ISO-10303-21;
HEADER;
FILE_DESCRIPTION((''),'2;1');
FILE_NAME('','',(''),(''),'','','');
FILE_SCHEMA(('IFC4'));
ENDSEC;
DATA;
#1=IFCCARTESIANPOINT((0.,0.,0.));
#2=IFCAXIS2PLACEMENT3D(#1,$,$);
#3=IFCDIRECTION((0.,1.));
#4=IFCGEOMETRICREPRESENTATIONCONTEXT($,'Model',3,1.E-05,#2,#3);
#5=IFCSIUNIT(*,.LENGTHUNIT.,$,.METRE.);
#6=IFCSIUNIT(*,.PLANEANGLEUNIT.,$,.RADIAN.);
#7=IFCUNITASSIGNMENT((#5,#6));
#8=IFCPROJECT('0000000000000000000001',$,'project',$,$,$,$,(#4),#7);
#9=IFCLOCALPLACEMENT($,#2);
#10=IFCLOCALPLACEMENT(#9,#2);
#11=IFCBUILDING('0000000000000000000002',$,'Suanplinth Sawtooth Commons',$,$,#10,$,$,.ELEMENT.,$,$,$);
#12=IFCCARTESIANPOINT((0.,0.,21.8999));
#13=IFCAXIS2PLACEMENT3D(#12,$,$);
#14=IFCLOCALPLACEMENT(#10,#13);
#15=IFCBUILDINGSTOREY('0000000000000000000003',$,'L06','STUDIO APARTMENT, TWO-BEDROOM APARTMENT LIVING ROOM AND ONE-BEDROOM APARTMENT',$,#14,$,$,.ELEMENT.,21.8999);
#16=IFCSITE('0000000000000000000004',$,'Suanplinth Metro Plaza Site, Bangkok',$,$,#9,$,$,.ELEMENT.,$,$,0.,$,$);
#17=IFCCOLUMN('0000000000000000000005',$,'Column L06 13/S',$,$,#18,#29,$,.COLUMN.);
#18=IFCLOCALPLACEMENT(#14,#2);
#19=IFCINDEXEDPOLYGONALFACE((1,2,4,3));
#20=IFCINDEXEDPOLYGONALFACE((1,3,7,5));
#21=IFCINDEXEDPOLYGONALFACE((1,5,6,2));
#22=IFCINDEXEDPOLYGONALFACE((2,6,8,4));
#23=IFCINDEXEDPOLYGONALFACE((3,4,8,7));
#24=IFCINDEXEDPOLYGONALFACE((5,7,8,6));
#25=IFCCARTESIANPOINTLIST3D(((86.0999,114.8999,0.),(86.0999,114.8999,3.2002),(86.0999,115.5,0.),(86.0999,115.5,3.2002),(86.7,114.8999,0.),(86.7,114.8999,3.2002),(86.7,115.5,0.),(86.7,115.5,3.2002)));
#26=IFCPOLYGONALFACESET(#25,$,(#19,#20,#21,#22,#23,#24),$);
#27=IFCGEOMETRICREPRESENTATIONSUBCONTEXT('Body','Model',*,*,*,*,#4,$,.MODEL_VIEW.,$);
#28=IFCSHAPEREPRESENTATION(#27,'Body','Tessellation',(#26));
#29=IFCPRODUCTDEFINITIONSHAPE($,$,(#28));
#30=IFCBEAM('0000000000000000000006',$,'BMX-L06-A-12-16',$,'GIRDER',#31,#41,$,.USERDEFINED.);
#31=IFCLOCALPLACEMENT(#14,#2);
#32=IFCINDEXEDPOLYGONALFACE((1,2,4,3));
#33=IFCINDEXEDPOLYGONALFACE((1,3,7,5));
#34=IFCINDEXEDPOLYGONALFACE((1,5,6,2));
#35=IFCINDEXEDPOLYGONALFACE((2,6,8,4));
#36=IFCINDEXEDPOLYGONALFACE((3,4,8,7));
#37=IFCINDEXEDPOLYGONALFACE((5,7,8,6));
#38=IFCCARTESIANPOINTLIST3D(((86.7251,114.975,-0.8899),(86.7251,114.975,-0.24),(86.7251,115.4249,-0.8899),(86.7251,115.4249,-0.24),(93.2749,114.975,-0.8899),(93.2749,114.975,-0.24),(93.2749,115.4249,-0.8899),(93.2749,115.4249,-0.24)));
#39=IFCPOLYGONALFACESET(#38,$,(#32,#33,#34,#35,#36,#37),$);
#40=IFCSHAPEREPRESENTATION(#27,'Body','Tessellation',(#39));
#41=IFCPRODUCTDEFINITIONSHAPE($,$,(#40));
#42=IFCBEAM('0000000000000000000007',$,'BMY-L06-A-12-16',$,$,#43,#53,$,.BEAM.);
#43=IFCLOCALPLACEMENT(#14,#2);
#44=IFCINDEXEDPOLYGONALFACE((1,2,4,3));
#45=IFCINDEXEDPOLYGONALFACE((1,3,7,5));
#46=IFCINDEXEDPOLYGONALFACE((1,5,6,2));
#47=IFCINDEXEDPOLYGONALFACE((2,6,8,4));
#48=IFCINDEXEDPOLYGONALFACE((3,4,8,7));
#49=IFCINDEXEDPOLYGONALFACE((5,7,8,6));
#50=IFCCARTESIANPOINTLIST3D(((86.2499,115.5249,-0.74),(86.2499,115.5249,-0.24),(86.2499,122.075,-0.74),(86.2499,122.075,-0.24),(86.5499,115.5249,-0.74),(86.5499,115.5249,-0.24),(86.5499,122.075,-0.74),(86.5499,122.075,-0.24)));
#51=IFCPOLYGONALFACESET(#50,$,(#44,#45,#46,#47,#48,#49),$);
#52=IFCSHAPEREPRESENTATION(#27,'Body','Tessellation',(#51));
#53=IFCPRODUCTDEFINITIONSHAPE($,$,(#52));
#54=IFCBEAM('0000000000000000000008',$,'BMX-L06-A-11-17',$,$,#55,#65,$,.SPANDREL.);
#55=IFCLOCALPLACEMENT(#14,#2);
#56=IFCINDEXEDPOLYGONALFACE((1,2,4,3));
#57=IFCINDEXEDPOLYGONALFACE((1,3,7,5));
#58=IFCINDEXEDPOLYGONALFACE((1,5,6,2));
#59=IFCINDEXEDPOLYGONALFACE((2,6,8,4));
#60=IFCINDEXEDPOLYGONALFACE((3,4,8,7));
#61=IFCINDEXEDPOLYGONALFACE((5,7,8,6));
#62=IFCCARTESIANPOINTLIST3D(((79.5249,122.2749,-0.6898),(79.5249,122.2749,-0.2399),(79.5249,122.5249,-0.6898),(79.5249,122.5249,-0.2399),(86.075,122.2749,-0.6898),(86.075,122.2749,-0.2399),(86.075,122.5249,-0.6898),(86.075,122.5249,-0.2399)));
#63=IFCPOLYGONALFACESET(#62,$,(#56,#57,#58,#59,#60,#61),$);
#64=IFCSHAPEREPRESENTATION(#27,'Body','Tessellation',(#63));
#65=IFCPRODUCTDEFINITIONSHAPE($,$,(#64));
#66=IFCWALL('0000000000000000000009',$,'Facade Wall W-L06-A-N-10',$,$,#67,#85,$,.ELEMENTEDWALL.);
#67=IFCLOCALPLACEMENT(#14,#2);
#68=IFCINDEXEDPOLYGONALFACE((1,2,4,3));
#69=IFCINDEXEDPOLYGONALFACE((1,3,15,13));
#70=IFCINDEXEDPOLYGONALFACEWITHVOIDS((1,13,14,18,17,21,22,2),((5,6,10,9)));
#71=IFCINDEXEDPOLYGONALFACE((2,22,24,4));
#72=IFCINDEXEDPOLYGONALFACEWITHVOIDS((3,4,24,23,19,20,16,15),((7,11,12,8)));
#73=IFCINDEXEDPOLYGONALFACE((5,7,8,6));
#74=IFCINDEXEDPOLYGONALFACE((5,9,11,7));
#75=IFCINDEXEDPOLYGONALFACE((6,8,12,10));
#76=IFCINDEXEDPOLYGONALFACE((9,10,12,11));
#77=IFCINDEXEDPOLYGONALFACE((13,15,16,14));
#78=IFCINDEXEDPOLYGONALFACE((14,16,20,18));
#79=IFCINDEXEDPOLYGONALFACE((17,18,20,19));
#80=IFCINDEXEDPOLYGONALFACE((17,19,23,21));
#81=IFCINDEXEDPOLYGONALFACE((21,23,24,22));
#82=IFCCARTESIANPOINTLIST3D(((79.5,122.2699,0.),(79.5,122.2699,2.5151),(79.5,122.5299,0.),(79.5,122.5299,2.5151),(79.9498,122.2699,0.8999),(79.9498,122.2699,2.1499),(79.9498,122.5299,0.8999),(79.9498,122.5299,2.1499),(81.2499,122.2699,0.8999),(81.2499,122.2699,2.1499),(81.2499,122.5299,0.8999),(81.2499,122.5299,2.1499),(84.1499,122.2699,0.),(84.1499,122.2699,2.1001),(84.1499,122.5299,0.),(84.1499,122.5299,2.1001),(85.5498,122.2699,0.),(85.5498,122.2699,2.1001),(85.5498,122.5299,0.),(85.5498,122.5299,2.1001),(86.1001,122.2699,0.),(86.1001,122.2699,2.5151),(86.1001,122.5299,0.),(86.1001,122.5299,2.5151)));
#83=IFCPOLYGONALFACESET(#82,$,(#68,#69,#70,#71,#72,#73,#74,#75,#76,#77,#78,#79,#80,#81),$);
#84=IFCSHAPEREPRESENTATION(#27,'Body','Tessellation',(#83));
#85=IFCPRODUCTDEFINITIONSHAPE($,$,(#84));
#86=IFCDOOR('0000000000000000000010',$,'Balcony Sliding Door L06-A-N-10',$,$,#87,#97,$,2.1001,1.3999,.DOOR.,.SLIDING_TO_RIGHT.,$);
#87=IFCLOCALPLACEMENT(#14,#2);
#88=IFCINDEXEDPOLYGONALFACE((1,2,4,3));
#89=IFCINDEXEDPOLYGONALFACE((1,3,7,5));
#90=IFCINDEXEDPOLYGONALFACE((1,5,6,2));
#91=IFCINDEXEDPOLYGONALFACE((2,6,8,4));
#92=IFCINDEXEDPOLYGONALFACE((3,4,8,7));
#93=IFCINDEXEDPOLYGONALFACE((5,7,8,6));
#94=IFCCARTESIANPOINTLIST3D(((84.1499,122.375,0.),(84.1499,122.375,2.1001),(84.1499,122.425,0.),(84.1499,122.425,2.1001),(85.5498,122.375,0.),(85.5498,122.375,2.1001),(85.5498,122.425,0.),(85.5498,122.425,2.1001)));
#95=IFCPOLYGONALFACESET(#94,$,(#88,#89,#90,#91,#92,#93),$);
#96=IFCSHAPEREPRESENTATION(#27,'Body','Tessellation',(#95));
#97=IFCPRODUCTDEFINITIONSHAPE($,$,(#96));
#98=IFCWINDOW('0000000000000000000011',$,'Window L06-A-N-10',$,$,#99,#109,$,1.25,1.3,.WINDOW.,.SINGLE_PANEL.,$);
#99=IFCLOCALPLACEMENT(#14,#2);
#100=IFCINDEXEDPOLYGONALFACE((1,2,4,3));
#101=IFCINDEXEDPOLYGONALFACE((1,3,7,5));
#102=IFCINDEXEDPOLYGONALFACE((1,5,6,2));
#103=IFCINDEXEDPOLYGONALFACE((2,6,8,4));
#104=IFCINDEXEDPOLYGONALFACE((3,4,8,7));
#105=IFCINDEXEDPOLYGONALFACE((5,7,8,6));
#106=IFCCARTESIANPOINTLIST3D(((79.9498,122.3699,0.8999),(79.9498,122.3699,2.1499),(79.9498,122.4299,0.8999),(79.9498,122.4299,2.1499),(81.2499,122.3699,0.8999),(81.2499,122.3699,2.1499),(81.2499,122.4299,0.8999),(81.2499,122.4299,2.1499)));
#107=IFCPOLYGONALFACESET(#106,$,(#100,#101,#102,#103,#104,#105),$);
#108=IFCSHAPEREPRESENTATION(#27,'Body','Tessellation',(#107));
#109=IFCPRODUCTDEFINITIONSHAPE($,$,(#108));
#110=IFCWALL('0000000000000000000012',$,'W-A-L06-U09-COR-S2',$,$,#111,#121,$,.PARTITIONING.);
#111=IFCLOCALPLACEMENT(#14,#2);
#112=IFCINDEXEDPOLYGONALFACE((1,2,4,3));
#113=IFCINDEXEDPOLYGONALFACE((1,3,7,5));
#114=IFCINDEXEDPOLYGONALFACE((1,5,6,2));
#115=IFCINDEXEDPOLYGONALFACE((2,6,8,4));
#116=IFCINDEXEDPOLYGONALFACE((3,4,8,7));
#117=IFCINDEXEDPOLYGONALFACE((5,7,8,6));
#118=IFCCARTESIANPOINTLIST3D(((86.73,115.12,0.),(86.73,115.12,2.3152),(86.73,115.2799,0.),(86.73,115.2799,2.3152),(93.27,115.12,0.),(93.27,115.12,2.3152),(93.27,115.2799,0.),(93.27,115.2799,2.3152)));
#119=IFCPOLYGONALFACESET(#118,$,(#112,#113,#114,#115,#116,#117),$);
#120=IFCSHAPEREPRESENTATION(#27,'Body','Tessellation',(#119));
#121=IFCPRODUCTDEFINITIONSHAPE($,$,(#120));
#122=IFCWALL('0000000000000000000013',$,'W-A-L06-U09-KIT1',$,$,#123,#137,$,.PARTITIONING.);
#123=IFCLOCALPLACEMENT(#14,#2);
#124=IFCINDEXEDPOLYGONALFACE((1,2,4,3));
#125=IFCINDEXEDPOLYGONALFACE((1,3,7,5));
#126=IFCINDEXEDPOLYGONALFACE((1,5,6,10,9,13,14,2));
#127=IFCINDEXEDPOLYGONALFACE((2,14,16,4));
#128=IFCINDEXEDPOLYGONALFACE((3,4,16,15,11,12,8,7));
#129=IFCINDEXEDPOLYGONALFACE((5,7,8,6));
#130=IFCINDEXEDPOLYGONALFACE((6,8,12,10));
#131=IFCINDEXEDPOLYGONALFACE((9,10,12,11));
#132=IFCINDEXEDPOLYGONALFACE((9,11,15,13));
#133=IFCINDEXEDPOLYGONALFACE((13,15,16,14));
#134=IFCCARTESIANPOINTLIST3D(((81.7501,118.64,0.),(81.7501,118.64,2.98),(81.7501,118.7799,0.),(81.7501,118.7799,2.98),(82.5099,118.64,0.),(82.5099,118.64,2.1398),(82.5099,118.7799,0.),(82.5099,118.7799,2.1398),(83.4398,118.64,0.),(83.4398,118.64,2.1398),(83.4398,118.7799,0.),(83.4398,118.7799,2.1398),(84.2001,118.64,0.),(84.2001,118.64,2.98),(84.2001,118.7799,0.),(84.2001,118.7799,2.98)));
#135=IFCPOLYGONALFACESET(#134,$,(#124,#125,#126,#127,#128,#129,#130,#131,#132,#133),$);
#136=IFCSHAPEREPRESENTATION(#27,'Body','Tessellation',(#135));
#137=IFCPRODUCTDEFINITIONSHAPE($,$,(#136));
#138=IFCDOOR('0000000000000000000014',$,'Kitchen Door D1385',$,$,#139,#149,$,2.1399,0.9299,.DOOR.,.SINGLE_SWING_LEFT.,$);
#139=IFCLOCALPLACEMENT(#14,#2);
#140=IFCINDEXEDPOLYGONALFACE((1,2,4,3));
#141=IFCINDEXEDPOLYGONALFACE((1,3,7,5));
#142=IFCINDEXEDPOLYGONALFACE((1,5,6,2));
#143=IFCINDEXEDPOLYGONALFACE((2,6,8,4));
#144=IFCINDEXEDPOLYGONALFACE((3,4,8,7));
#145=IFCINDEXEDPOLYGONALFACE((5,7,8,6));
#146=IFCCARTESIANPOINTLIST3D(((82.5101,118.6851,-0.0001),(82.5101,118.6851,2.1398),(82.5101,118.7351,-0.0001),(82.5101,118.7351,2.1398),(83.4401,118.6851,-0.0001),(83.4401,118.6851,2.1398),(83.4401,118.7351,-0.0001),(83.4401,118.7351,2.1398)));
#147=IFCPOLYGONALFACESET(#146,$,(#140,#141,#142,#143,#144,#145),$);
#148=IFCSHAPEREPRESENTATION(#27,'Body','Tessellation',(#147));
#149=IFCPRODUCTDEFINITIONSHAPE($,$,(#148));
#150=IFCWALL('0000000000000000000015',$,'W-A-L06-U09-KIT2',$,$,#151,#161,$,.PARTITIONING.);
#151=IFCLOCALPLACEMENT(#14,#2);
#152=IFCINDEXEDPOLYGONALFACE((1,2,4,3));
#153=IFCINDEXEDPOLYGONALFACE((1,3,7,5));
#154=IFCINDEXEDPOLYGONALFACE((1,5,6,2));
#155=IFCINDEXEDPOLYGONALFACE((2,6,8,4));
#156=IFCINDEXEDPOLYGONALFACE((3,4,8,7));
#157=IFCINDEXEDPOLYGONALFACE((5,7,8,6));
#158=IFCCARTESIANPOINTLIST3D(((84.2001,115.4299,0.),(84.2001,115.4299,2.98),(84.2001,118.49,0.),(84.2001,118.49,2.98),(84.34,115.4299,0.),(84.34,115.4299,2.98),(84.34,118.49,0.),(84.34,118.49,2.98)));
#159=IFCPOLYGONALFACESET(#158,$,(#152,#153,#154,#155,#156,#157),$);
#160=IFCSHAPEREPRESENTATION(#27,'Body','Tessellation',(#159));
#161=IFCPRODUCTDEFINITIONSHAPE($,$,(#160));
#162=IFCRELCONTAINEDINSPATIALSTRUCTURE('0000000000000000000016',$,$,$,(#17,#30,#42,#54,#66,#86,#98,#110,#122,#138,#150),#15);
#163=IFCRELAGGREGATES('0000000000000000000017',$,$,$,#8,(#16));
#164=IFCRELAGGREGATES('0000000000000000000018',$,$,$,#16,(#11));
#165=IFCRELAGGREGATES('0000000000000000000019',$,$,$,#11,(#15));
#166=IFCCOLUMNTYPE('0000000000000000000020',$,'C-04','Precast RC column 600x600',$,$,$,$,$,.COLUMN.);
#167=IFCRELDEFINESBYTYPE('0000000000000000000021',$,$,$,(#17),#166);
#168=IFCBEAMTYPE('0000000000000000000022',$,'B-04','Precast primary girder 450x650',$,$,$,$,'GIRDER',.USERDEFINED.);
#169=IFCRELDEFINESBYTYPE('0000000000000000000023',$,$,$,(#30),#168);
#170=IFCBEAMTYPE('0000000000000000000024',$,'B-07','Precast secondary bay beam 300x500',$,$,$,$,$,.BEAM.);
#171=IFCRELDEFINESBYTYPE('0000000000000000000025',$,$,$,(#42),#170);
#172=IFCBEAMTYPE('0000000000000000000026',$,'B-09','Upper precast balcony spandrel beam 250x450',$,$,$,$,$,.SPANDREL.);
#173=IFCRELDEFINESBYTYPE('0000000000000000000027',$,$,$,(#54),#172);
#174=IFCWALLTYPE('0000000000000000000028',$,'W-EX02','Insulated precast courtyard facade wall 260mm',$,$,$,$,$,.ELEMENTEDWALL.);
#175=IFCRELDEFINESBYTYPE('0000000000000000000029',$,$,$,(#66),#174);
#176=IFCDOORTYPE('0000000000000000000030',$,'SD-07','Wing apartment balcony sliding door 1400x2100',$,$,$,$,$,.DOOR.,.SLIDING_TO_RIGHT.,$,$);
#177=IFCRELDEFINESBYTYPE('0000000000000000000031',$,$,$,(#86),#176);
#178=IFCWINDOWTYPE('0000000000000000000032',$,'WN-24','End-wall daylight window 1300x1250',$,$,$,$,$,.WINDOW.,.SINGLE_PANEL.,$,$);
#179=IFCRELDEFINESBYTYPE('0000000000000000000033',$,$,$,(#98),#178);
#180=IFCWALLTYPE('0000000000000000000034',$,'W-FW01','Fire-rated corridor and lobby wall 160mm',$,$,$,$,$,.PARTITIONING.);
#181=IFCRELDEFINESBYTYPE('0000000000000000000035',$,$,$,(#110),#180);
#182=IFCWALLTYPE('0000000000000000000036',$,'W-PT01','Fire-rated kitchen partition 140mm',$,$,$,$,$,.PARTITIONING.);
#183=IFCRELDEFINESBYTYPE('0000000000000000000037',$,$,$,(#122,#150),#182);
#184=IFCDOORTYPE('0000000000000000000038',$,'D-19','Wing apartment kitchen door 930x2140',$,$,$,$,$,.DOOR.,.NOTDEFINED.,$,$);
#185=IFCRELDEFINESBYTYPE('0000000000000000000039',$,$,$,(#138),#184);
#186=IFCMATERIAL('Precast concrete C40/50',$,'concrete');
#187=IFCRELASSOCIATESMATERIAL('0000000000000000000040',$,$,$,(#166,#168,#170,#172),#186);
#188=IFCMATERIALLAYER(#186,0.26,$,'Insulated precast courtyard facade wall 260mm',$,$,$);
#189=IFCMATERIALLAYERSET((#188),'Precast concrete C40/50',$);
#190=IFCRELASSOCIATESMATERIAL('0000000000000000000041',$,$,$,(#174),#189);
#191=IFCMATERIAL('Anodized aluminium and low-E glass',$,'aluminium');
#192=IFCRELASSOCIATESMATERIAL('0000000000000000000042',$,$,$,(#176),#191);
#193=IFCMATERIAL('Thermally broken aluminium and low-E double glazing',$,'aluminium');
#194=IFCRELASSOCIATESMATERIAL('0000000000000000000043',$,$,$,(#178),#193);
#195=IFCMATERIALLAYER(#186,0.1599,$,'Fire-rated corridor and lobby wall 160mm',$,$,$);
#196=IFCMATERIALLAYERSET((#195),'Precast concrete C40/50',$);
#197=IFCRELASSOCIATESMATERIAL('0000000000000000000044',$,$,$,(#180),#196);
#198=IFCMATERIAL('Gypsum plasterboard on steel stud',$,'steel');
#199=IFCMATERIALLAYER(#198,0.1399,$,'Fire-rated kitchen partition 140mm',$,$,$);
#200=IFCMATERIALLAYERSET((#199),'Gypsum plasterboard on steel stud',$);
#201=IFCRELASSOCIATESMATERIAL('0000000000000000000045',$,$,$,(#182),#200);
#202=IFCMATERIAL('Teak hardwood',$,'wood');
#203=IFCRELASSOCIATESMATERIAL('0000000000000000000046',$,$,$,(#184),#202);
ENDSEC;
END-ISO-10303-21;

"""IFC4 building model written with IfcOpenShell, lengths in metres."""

from ifc_helpers import new_model, si_unit, direction, frame, frame_2d, origin, origin_2d, place, context, subcontext, project, spatial, rectangle, extrude, material, layer, layer_set, material_profile, profile_set, type_object, element, fill, save


model = new_model("IFC4")

# Units and contexts
model_context = context("Model", 3, precision=1e-05, world=origin(), true_north=direction((0.0, 1.0)))
body_context = subcontext(model_context, "Body", "Model", "MODEL_VIEW")
ifc_project = project(units=[si_unit("LENGTHUNIT", "METRE"), si_unit("PLANEANGLEUNIT", "RADIAN")], contexts=[model_context])

# Site, building, storey
site_placement = place(None, origin())
site = spatial("IfcSite", under=ifc_project, at=site_placement, Name="Suanplinth Metro Plaza Site, Bangkok", CompositionType="ELEMENT", RefElevation=0.0)
building_placement = place(site_placement, origin())
building = spatial("IfcBuilding", under=site, at=building_placement, Name="Suanplinth Sawtooth Commons", CompositionType="ELEMENT")
storey_placement = place(building_placement, frame((0.0, 0.0, 21.8999)))
storey = spatial("IfcBuildingStorey", under=building, at=storey_placement, Name="L06", Description="STUDIO APARTMENT, TWO-BEDROOM APARTMENT LIVING ROOM AND ONE-BEDROOM APARTMENT", CompositionType="ELEMENT", Elevation=21.8999)

# Column
ifc_material_1 = material(Name="Precast concrete C40/50", Category="concrete")
ifc_material_profile_1 = material_profile(ifc_material_1, rectangle(XDim=0.6001, YDim=0.6001, at=origin_2d()), Name="PC-COL 600x600")
ifc_profile_set_1 = profile_set([ifc_material_profile_1], Name="Precast concrete C40/50")
column_type = type_object("IfcColumnType", Name="C-04", Description="Precast RC column 600x600", PredefinedType="COLUMN", material=ifc_profile_set_1)
column_placement = place(storey_placement, frame((86.3999, 115.2, 0.0), z_axis=(0.0, 0.0, 1.0), x_axis=(1.0, 0.0, 0.0)))
element("IfcColumn", 1, at=column_placement, inside=storey, type_object=column_type, Name="Column L06 13/S", PredefinedType="COLUMN", context=body_context, shape_type="SweptSolid", body=[
    extrude(rectangle(XDim=0.6001, YDim=0.6001, at=origin_2d()), origin(), (0.0, 0.0, 1.0), 3.2002),
])

# Beams
ifc_material_profile_2 = material_profile(ifc_material_1, rectangle(XDim=0.45, YDim=0.6499, at=origin_2d()), Name="PC-GDR 450x650")
ifc_profile_set_2 = profile_set([ifc_material_profile_2], Name="Precast concrete C40/50")
beam_type_1 = type_object("IfcBeamType", Name="B-04", Description="Precast primary girder 450x650", ElementType="GIRDER", PredefinedType="USERDEFINED", material=ifc_profile_set_2)
beam_1_placement = place(storey_placement, frame((86.7251, 115.2, -0.5649), z_axis=(1.0, 0.0, 0.0), x_axis=(0.0, 1.0, 0.0)))
element("IfcBeam", 2, at=beam_1_placement, inside=storey, type_object=beam_type_1, Name="BMX-L06-A-12-16", ObjectType="GIRDER", PredefinedType="USERDEFINED", context=body_context, shape_type="SweptSolid", body=[
    extrude(rectangle(XDim=0.45, YDim=0.6499, at=origin_2d()), origin(), (0.0, 0.0, 1.0), 6.5498),
])
ifc_material_profile_3 = material_profile(ifc_material_1, rectangle(XDim=0.3, YDim=0.5, at=origin_2d()), Name="PC-BM 300x500")
ifc_profile_set_3 = profile_set([ifc_material_profile_3], Name="Precast concrete C40/50")
beam_type_2 = type_object("IfcBeamType", Name="B-07", Description="Precast secondary bay beam 300x500", PredefinedType="BEAM", material=ifc_profile_set_3)
beam_2_placement = place(storey_placement, frame((86.3999, 115.5249, -0.49), z_axis=(0.0, 1.0, 0.0), x_axis=(-1.0, 0.0, 0.0)))
element("IfcBeam", 3, at=beam_2_placement, inside=storey, type_object=beam_type_2, Name="BMY-L06-A-12-16", PredefinedType="BEAM", context=body_context, shape_type="SweptSolid", body=[
    extrude(rectangle(XDim=0.3, YDim=0.5, at=origin_2d()), origin(), (0.0, 0.0, 1.0), 6.55),
])
ifc_material_profile_4 = material_profile(ifc_material_1, rectangle(XDim=0.25, YDim=0.45, at=origin_2d()), Name="PC-SP 250x450")
ifc_profile_set_4 = profile_set([ifc_material_profile_4], Name="Precast concrete C40/50")
beam_type_3 = type_object("IfcBeamType", Name="B-09", Description="Upper precast balcony spandrel beam 250x450", PredefinedType="SPANDREL", material=ifc_profile_set_4)
beam_3_placement = place(storey_placement, frame((79.5249, 122.3999, -0.4648), z_axis=(1.0, 0.0, 0.0), x_axis=(0.0, 1.0, 0.0)))
element("IfcBeam", 4, at=beam_3_placement, inside=storey, type_object=beam_type_3, Name="BMX-L06-A-11-17", PredefinedType="SPANDREL", context=body_context, shape_type="SweptSolid", body=[
    extrude(rectangle(XDim=0.25, YDim=0.45, at=origin_2d()), origin(), (0.0, 0.0, 1.0), 6.55),
])

# Wall, openings, door, window
ifc_layer_1 = layer(ifc_material_1, 0.26, Name="Insulated precast courtyard facade wall 260mm")
ifc_layer_set_1 = layer_set([ifc_layer_1], Name="Precast concrete C40/50")
wall_type_1 = type_object("IfcWallType", Name="W-EX02", Description="Insulated precast courtyard facade wall 260mm", PredefinedType="ELEMENTEDWALL", material=ifc_layer_set_1)
wall_1_placement = place(storey_placement, frame((79.5, 122.3999, 0.0), z_axis=(0.0, 0.0, 1.0), x_axis=(1.0, 0.0, 0.0)))
wall_1 = element("IfcWall", 5, at=wall_1_placement, inside=storey, type_object=wall_type_1, Name="Facade Wall W-L06-A-N-10", PredefinedType="ELEMENTEDWALL", context=body_context, shape_type="SweptSolid", body=[
    extrude(rectangle(XDim=6.6001, YDim=0.26, at=frame_2d((3.3, 0.0))), origin(), (0.0, 0.0, 1.0), 2.5151),
])
opening_1_placement = place(wall_1_placement, frame((4.6499, 0.0, 0.0)))
opening_1 = element("IfcOpeningElement", 6, at=opening_1_placement, cuts=wall_1, PredefinedType="OPENING", context=body_context, shape_type="SweptSolid", body=[
    extrude(rectangle(XDim=1.3999, YDim=2.1001, at=frame_2d((0.7, 1.05))), frame((0.0, 0.145, 0.0), z_axis=(0.0, -1.0, 0.0), x_axis=(1.0, 0.0, 0.0)), (0.0, 0.0, 1.0), 0.2898),
])
opening_2_placement = place(wall_1_placement, frame((0.45, 0.0, 0.8999)))
opening_2 = element("IfcOpeningElement", 7, at=opening_2_placement, cuts=wall_1, PredefinedType="OPENING", context=body_context, shape_type="SweptSolid", body=[
    extrude(rectangle(XDim=1.3, YDim=1.25, at=frame_2d((0.6499, 0.625))), frame((0.0, 0.145, 0.0), z_axis=(0.0, -1.0, 0.0), x_axis=(1.0, 0.0, 0.0)), (0.0, 0.0, 1.0), 0.2898),
])
ifc_material_2 = material(Name="Anodized aluminium and low-E glass", Category="aluminium")
door_type_1 = type_object("IfcDoorType", Name="SD-07", Description="Wing apartment balcony sliding door 1400x2100", OperationType="SLIDING_TO_RIGHT", PredefinedType="DOOR", material=ifc_material_2)
door_1_placement = place(opening_1_placement, frame((1.3999, 0.0, 0.0), z_axis=(0.0, 0.0, 1.0), x_axis=(-1.0, 0.0, 0.0)))
door_1 = element("IfcDoor", 8, at=door_1_placement, inside=storey, type_object=door_type_1, Name="Balcony Sliding Door L06-A-N-10", OperationType="SLIDING_TO_RIGHT", OverallHeight=2.1001, OverallWidth=1.3999, PredefinedType="DOOR", context=body_context, shape_type="SweptSolid", body=[
    extrude(rectangle(XDim=1.3999, YDim=2.1001, at=frame_2d((0.7, 1.05))), frame((0.0, 0.0249, 0.0), z_axis=(0.0, -1.0, 0.0), x_axis=(1.0, 0.0, 0.0)), (0.0, 0.0, 1.0), 0.05),
])
fill(opening_1, door_1)
ifc_material_3 = material(Name="Thermally broken aluminium and low-E double glazing", Category="aluminium")
window_type = type_object("IfcWindowType", Name="WN-24", Description="End-wall daylight window 1300x1250", PartitioningType="SINGLE_PANEL", PredefinedType="WINDOW", material=ifc_material_3)
window_placement = place(opening_2_placement, origin())
window = element("IfcWindow", 9, at=window_placement, inside=storey, type_object=window_type, Name="Window L06-A-N-10", OverallHeight=1.25, OverallWidth=1.3, PartitioningType="SINGLE_PANEL", PredefinedType="WINDOW", context=body_context, shape_type="SweptSolid", body=[
    extrude(rectangle(XDim=1.3, YDim=1.25, at=frame_2d((0.6499, 0.625))), frame((0.0, 0.03, 0.0), z_axis=(0.0, -1.0, 0.0), x_axis=(1.0, 0.0, 0.0)), (0.0, 0.0, 1.0), 0.0601),
])
fill(opening_2, window)

# Shared definitions
ifc_layer_2 = layer(ifc_material_1, 0.1599, Name="Fire-rated corridor and lobby wall 160mm")
ifc_layer_set_2 = layer_set([ifc_layer_2], Name="Precast concrete C40/50")
wall_type_2 = type_object("IfcWallType", Name="W-FW01", Description="Fire-rated corridor and lobby wall 160mm", PredefinedType="PARTITIONING", material=ifc_layer_set_2)

# Wall
wall_2_placement = place(storey_placement, frame((86.73, 115.2, 0.0), z_axis=(0.0, 0.0, 1.0), x_axis=(1.0, 0.0, 0.0)))
element("IfcWall", 10, at=wall_2_placement, inside=storey, type_object=wall_type_2, Name="W-A-L06-U09-COR-S2", PredefinedType="PARTITIONING", context=body_context, shape_type="SweptSolid", body=[
    extrude(rectangle(XDim=6.54, YDim=0.1599, at=frame_2d((3.27, 0.0))), origin(), (0.0, 0.0, 1.0), 2.3152),
])

# Wall, opening, door
ifc_material_4 = material(Name="Gypsum plasterboard on steel stud", Category="steel")
ifc_layer_3 = layer(ifc_material_4, 0.1399, Name="Fire-rated kitchen partition 140mm")
ifc_layer_set_3 = layer_set([ifc_layer_3], Name="Gypsum plasterboard on steel stud")
wall_type_3 = type_object("IfcWallType", Name="W-PT01", Description="Fire-rated kitchen partition 140mm", PredefinedType="PARTITIONING", material=ifc_layer_set_3)
wall_3_placement = place(storey_placement, frame((81.75, 118.71, 0.0), z_axis=(0.0, 0.0, 1.0), x_axis=(1.0, 0.0, 0.0)))
wall_3 = element("IfcWall", 11, at=wall_3_placement, inside=storey, type_object=wall_type_3, Name="W-A-L06-U09-KIT1", PredefinedType="PARTITIONING", context=body_context, shape_type="SweptSolid", body=[
    extrude(rectangle(XDim=2.45, YDim=0.1399, at=frame_2d((1.2251, 0.0))), origin(), (0.0, 0.0, 1.0), 2.98),
])
opening_3_placement = place(wall_3_placement, frame((0.76, 0.0, 0.0)))
opening_3 = element("IfcOpeningElement", 12, at=opening_3_placement, cuts=wall_3, PredefinedType="OPENING", context=body_context, shape_type="SweptSolid", body=[
    extrude(rectangle(XDim=0.9299, YDim=2.1399, at=frame_2d((0.4648, 1.0698))), frame((0.0, 0.085, 0.0), z_axis=(0.0, -1.0, 0.0), x_axis=(1.0, 0.0, 0.0)), (0.0, 0.0, 1.0), 0.1697),
])
ifc_material_5 = material(Name="Teak hardwood", Category="wood")
door_type_2 = type_object("IfcDoorType", Name="D-19", Description="Wing apartment kitchen door 930x2140", OperationType="NOTDEFINED", PredefinedType="DOOR", material=ifc_material_5)
door_2_placement = place(opening_3_placement, frame((0.9299, 0.0, 0.0), z_axis=(0.0, 0.0, 1.0), x_axis=(-1.0, 0.0, 0.0)))
door_2 = element("IfcDoor", 13, at=door_2_placement, inside=storey, type_object=door_type_2, Name="Kitchen Door D1385", OperationType="SINGLE_SWING_LEFT", OverallHeight=2.1399, OverallWidth=0.9299, PredefinedType="DOOR", context=body_context, shape_type="SweptSolid", body=[
    extrude(rectangle(XDim=0.9299, YDim=2.1399, at=frame_2d((0.4648, 1.0698))), frame((0.0, 0.0249, 0.0), z_axis=(0.0, -1.0, 0.0), x_axis=(1.0, 0.0, 0.0)), (0.0, 0.0, 1.0), 0.05),
])
fill(opening_3, door_2)

# Wall
wall_4_placement = place(storey_placement, frame((84.27, 115.4299, 0.0), z_axis=(0.0, 0.0, 1.0), x_axis=(0.0, 1.0, 0.0)))
element("IfcWall", 14, at=wall_4_placement, inside=storey, type_object=wall_type_3, Name="W-A-L06-U09-KIT2", PredefinedType="PARTITIONING", context=body_context, shape_type="SweptSolid", body=[
    extrude(rectangle(XDim=3.0601, YDim=0.1399, at=frame_2d((1.53, 0.0))), origin(), (0.0, 0.0, 1.0), 2.98),
])

save(model, "model.ifc")
